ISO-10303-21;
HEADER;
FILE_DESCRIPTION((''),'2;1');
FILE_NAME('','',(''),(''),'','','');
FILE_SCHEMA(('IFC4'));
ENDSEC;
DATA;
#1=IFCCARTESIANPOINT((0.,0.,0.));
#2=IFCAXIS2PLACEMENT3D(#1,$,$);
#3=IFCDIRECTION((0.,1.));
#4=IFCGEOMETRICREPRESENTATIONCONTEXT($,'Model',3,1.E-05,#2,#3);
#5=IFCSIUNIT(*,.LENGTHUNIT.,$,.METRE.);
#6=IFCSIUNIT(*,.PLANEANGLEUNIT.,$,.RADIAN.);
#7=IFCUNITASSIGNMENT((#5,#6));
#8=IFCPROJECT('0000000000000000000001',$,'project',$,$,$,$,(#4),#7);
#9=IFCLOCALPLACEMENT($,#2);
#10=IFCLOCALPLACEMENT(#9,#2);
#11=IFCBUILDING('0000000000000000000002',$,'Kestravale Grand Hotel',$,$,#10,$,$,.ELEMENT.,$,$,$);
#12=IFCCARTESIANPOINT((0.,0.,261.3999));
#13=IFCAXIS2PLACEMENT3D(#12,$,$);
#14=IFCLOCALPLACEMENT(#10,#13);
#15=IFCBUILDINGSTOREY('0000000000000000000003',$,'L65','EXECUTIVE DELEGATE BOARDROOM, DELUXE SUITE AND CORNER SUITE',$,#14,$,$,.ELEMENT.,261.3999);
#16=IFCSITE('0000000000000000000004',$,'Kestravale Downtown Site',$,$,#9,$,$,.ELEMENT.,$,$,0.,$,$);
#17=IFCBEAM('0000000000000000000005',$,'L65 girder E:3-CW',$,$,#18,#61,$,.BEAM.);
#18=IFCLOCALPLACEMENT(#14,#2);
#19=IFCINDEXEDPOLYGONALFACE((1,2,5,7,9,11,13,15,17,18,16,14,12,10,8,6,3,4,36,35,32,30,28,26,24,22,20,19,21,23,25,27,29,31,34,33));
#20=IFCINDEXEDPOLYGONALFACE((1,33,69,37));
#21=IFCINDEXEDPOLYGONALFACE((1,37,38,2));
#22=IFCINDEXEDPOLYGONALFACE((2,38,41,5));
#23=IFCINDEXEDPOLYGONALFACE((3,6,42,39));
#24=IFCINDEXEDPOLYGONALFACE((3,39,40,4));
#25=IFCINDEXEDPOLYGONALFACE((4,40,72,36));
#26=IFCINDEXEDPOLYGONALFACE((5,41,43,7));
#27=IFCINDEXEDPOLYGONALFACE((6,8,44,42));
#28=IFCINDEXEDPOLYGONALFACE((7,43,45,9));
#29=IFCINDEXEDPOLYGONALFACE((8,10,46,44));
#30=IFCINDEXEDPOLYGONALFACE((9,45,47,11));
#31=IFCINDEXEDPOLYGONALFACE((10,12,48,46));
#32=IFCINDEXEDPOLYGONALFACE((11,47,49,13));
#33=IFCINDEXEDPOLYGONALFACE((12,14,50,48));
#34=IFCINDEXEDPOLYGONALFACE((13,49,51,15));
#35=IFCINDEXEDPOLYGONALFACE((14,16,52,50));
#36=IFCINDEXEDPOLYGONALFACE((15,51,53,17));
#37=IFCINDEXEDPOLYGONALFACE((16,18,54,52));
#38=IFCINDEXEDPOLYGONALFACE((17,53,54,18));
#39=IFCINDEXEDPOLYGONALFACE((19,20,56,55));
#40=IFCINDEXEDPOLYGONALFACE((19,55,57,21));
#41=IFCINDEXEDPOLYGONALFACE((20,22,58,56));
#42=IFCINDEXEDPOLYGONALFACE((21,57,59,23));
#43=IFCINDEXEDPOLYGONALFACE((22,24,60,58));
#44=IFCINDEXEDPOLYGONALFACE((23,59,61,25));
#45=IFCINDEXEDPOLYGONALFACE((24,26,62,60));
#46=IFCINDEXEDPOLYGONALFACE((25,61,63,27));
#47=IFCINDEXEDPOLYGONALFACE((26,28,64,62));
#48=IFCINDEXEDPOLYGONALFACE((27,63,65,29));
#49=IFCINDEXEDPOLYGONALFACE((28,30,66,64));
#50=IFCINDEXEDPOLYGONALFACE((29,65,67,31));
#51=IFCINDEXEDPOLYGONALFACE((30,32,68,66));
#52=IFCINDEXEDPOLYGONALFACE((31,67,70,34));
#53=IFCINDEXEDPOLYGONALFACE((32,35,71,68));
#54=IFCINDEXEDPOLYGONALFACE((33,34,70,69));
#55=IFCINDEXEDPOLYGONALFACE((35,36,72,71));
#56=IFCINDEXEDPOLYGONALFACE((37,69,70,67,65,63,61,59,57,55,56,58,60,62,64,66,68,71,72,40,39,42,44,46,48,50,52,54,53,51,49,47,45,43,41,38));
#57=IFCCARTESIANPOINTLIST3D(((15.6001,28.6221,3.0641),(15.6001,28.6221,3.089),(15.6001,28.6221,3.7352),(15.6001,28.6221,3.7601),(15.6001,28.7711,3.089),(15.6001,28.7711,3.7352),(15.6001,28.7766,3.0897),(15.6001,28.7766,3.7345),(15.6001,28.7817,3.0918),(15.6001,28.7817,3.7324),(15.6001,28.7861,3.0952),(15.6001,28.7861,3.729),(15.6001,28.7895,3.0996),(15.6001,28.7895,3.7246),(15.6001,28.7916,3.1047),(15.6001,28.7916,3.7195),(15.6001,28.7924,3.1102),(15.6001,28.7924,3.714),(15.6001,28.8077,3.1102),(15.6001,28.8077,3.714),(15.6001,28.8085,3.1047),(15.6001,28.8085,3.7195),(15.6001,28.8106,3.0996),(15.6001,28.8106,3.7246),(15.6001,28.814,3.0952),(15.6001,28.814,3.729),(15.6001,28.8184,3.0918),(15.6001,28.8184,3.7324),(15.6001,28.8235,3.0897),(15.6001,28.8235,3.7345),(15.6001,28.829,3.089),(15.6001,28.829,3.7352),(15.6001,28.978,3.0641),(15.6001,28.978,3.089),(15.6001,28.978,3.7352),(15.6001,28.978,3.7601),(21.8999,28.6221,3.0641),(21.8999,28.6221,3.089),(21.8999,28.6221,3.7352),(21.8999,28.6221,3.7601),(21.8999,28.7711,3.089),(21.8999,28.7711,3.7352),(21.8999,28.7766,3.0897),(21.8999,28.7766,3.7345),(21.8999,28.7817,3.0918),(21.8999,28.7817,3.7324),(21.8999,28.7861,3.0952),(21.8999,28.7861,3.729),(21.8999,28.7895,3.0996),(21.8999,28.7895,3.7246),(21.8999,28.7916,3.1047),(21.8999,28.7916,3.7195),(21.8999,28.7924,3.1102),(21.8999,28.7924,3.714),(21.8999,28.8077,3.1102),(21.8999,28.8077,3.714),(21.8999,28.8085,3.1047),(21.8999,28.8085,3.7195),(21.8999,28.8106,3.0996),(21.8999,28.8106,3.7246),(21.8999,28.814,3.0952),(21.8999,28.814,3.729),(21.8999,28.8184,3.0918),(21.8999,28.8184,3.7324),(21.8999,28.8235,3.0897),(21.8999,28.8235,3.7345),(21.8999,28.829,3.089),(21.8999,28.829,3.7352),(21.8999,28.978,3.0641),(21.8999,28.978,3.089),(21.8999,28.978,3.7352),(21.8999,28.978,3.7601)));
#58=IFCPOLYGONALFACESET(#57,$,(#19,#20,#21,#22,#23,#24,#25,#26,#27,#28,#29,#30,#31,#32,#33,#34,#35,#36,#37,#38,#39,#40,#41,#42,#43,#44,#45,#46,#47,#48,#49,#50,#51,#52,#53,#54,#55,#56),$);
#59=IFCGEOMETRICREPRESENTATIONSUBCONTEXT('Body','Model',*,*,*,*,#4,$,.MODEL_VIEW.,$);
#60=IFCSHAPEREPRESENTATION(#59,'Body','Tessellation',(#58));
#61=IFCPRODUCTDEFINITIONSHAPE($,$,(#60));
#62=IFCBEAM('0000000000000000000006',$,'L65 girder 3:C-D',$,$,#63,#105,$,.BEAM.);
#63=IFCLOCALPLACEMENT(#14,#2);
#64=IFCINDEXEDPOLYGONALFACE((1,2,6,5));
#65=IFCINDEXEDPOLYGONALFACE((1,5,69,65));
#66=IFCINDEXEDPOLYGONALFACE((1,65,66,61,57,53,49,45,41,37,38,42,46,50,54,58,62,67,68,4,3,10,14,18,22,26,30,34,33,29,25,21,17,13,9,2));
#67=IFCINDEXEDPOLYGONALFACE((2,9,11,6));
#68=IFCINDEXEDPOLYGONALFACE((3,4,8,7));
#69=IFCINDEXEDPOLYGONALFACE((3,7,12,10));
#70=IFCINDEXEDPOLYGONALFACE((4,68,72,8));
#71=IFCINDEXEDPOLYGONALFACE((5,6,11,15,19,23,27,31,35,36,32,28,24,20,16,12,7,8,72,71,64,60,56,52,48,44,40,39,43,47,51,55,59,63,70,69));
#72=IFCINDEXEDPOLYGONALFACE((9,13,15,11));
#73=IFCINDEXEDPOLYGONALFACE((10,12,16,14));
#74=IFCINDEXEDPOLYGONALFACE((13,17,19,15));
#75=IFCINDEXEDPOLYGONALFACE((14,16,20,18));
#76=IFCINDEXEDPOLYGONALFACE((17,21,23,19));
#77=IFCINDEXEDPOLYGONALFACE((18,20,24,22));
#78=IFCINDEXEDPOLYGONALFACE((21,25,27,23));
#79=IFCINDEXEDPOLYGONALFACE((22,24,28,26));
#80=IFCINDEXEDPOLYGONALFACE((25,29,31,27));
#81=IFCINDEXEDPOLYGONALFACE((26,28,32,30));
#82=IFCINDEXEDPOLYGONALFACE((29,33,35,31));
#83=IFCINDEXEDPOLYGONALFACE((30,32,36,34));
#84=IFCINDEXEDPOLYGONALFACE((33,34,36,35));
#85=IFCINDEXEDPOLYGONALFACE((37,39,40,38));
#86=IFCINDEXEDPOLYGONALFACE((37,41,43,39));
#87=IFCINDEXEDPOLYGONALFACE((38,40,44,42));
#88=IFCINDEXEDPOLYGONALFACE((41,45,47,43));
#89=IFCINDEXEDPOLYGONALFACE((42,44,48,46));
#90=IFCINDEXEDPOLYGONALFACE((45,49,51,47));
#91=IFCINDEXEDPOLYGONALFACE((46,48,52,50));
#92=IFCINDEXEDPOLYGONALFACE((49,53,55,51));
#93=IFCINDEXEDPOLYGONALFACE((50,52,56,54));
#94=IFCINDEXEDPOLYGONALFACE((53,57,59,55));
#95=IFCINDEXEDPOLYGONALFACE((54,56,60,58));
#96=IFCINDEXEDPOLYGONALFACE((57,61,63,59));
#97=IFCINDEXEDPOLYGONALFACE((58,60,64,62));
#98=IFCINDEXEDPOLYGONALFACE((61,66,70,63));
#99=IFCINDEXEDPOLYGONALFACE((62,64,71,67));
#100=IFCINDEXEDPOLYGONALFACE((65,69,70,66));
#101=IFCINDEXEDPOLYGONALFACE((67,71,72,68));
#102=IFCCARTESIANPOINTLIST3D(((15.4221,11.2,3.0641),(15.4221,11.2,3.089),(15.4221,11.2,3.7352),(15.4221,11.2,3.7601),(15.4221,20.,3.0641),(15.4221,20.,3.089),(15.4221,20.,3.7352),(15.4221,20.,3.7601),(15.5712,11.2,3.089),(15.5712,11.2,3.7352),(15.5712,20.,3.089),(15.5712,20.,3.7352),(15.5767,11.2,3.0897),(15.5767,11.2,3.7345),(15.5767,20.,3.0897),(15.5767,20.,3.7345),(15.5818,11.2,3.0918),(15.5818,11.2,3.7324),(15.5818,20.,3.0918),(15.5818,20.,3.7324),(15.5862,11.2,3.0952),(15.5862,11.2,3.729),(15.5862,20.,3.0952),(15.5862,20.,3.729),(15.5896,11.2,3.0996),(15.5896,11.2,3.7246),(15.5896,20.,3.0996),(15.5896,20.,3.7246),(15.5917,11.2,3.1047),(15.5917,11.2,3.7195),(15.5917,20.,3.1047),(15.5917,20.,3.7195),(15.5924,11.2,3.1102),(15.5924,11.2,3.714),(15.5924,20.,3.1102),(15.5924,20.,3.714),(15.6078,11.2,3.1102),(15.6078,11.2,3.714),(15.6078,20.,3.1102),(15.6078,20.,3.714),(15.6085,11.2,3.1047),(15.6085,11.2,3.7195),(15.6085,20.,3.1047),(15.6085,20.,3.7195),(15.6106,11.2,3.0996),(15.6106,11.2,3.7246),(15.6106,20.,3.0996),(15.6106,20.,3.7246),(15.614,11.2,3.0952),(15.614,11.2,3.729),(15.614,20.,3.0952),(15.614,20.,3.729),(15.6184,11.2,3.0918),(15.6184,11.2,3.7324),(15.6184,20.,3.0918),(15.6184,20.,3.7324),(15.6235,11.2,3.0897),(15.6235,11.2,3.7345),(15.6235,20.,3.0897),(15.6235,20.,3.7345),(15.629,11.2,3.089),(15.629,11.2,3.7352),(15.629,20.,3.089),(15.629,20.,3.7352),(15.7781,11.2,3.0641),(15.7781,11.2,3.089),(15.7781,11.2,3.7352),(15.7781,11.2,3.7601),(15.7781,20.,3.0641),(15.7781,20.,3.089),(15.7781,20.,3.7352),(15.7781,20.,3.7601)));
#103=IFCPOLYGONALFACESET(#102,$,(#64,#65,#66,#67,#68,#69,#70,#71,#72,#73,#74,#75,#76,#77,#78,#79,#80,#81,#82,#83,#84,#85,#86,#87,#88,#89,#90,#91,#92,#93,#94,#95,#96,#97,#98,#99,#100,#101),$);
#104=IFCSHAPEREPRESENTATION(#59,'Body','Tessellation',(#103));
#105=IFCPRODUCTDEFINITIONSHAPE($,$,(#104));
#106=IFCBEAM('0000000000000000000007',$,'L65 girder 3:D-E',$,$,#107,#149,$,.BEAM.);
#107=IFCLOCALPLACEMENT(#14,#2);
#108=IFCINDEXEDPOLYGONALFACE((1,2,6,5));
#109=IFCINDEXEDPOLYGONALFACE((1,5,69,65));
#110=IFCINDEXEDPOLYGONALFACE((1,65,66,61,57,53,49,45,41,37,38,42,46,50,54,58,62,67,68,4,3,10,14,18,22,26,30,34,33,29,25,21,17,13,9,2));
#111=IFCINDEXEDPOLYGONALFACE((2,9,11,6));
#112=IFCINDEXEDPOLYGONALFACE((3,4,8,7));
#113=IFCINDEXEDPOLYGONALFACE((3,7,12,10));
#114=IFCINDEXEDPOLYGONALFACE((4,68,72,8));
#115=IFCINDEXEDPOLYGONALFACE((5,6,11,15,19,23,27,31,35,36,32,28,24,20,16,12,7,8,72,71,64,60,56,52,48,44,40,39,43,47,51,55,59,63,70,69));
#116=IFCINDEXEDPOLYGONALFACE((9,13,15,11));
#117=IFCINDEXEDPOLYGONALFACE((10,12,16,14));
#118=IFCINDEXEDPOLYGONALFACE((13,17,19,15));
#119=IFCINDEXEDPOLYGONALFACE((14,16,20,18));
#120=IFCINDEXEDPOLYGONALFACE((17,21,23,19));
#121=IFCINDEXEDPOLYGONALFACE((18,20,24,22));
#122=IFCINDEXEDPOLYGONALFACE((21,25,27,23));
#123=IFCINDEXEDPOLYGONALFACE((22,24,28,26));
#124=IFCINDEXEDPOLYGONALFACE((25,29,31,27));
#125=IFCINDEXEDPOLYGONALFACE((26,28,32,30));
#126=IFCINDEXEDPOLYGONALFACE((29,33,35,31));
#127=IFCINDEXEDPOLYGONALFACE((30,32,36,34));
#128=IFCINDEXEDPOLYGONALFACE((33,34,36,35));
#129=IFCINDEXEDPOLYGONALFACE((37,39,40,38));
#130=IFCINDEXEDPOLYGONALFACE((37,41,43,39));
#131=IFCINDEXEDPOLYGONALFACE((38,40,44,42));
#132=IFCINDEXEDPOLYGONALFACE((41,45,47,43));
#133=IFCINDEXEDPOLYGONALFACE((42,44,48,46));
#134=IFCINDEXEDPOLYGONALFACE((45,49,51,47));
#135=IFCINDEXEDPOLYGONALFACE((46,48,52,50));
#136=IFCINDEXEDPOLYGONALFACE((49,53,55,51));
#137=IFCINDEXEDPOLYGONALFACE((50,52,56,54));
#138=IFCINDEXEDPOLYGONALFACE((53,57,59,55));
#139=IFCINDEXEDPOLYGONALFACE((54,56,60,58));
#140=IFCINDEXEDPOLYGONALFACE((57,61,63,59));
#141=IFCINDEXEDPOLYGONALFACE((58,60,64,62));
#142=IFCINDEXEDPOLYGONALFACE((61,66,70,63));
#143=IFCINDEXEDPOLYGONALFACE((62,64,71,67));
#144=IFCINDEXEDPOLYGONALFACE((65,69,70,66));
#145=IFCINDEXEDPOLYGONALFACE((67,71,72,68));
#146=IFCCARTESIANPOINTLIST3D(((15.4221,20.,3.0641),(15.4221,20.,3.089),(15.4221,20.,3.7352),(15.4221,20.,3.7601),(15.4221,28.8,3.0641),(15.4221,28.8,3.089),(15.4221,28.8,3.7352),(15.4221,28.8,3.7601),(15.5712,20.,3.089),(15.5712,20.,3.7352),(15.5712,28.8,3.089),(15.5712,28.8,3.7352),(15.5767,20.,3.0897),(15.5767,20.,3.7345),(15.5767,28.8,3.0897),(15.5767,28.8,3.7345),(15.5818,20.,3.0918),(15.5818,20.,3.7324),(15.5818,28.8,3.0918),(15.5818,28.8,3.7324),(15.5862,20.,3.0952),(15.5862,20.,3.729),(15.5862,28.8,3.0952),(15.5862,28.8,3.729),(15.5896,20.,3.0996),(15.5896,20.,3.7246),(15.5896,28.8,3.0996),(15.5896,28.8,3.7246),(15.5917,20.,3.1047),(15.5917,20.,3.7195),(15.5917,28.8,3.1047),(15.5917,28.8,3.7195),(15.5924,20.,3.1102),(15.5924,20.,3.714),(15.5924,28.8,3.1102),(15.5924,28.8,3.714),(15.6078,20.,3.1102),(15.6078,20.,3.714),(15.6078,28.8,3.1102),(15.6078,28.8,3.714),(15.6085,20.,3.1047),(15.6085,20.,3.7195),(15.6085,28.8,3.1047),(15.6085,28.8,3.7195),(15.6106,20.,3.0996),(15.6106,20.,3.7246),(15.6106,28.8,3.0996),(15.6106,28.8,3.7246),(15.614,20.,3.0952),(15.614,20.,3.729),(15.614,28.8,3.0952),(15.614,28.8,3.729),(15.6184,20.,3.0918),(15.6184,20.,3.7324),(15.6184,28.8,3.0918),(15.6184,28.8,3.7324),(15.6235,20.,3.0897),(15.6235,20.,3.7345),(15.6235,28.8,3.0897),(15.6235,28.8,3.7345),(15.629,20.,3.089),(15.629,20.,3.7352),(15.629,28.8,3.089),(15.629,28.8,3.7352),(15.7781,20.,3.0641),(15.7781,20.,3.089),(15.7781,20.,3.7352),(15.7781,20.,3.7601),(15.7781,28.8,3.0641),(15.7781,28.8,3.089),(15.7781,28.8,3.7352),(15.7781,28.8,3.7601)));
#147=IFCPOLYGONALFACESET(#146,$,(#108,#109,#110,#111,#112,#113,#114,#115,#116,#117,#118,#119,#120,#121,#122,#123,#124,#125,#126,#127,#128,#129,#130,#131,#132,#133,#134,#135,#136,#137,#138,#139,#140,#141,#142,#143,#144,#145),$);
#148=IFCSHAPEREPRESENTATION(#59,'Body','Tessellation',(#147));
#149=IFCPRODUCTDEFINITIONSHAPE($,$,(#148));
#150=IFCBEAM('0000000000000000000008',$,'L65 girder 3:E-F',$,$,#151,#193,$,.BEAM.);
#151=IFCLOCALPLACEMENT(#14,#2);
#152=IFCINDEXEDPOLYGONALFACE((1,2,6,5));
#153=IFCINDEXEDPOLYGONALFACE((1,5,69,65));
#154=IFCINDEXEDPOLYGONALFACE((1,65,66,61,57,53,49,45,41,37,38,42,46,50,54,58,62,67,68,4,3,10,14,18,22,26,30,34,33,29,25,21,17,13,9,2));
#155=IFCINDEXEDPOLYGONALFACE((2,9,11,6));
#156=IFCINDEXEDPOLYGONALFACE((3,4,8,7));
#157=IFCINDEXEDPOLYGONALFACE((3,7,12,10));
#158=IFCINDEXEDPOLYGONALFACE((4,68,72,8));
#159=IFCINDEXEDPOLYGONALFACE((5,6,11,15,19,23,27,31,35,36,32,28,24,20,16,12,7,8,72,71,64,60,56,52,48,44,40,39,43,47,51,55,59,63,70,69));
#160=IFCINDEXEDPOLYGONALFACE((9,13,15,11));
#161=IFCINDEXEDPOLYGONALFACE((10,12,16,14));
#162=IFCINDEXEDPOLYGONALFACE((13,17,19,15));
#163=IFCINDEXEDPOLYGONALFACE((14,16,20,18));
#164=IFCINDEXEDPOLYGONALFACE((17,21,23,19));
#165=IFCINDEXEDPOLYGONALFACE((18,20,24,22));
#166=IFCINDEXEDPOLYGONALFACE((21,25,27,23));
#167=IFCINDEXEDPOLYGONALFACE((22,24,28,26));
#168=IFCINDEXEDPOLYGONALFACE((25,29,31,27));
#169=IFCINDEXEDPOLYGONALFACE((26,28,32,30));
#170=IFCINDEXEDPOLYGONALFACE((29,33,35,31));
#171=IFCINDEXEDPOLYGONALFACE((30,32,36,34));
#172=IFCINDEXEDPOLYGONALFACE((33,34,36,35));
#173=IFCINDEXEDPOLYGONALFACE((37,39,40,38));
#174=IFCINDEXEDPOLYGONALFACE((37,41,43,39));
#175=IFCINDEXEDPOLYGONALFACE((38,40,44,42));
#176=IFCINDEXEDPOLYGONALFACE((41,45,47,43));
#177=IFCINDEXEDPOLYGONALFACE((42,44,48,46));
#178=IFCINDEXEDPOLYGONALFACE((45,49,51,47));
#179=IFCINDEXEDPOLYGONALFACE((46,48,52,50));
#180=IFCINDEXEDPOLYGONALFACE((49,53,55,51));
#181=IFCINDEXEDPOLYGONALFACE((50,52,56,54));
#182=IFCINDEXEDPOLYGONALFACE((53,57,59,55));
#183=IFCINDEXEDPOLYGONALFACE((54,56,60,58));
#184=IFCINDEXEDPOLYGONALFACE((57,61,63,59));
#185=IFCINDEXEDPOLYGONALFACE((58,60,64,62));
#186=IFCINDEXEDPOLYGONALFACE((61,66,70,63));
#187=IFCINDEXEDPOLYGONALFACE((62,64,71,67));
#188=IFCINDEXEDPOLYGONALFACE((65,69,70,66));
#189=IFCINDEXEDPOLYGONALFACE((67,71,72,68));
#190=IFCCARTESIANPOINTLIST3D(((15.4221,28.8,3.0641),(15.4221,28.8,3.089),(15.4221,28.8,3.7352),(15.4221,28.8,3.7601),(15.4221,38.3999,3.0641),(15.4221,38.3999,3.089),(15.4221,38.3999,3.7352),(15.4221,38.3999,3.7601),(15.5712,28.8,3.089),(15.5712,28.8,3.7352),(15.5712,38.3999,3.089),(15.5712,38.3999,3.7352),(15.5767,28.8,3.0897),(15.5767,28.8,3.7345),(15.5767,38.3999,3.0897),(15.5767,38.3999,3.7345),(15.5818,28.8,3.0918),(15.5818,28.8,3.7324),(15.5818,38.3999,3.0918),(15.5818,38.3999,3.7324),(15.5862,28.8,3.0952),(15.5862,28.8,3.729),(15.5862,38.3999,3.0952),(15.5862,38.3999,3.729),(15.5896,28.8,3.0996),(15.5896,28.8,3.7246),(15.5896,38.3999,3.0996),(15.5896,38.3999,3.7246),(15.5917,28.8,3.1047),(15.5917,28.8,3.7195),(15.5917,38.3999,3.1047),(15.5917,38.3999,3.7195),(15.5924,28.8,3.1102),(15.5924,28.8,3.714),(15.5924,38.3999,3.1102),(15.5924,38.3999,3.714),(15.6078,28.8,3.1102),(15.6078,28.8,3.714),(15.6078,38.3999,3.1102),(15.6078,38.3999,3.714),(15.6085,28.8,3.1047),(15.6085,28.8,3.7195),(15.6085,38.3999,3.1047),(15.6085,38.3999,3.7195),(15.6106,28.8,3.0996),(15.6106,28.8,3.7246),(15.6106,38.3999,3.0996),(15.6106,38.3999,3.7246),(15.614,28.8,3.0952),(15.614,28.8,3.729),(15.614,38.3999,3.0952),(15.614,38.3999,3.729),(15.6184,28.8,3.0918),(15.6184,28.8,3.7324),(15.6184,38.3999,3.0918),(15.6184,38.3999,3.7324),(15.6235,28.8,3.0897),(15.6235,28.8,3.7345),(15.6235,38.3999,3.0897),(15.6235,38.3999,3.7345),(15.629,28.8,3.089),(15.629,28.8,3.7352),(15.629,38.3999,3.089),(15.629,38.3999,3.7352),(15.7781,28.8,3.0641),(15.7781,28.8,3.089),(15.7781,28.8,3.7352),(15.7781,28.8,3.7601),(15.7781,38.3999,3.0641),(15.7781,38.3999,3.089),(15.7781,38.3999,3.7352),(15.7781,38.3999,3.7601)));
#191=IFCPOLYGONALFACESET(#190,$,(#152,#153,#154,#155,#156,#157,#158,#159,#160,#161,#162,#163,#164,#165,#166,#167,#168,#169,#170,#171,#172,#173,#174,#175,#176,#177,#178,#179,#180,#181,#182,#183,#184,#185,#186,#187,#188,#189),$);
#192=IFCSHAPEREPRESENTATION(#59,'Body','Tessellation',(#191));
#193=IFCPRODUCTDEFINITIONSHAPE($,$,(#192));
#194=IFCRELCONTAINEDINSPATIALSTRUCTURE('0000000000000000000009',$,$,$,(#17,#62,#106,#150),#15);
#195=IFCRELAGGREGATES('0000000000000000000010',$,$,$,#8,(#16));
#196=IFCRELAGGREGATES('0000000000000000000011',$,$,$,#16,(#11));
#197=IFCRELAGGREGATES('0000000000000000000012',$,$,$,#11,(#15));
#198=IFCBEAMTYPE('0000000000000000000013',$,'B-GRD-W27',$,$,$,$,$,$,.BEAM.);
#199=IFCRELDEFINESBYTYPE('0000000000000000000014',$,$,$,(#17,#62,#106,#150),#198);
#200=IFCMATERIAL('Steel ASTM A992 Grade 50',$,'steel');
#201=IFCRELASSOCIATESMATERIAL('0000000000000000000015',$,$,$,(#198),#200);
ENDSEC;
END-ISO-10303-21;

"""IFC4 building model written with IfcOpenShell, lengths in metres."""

from ifc_helpers import new_model, si_unit, direction, frame, origin, origin_2d, place, context, subcontext, project, spatial, i_section, extrude, material, material_profile, profile_set, type_object, element, save


model = new_model("IFC4")

# Units and contexts
model_context = context("Model", 3, precision=1e-05, world=origin(), true_north=direction((0.0, 1.0)))
body_context = subcontext(model_context, "Body", "Model", "MODEL_VIEW")
ifc_project = project(units=[si_unit("LENGTHUNIT", "METRE"), si_unit("PLANEANGLEUNIT", "RADIAN")], contexts=[model_context])

# Site, building, storey
site_placement = place(None, origin())
site = spatial("IfcSite", under=ifc_project, at=site_placement, Name="Kestravale Downtown Site", CompositionType="ELEMENT", RefElevation=0.0)
building_placement = place(site_placement, origin())
building = spatial("IfcBuilding", under=site, at=building_placement, Name="Kestravale Grand Hotel", CompositionType="ELEMENT")
storey_placement = place(building_placement, frame((0.0, 0.0, 261.3999)))
storey = spatial("IfcBuildingStorey", under=building, at=storey_placement, Name="L65", Description="EXECUTIVE DELEGATE BOARDROOM, DELUXE SUITE AND CORNER SUITE", CompositionType="ELEMENT", Elevation=261.3999)

# Beams
ifc_material_1 = material(Name="Steel ASTM A992 Grade 50", Category="steel")
ifc_material_profile_1 = material_profile(ifc_material_1, i_section(OverallWidth=0.356, OverallDepth=0.696, WebThickness=0.0154, FlangeThickness=0.0249, FilletRadius=0.0212, at=origin_2d()))
ifc_profile_set_1 = profile_set([ifc_material_profile_1], Name="Steel ASTM A992 Grade 50")
beam_type = type_object("IfcBeamType", Name="B-GRD-W27", PredefinedType="BEAM", material=ifc_profile_set_1)
beam_1_placement = place(storey_placement, frame((15.6001, 28.8, 3.4121), z_axis=(1.0, 0.0, 0.0), x_axis=(0.0, 1.0, 0.0)))
element("IfcBeam", 1, at=beam_1_placement, inside=storey, type_object=beam_type, Name="L65 girder E:3-CW", PredefinedType="BEAM", context=body_context, shape_type="SweptSolid", body=[
    extrude(i_section(OverallWidth=0.356, OverallDepth=0.696, WebThickness=0.0154, FlangeThickness=0.0249, FilletRadius=0.0212, at=origin_2d()), origin(), (0.0, 0.0, 1.0), 6.2998),
])
for number, where, z_axis, x_axis, name in (
    (2, (15.6001, 11.2, 3.4121), (0.0, 1.0, 0.0), (-1.0, 0.0, 0.0), "L65 girder 3:C-D"),
    (3, (15.6001, 20.0, 3.4121), (0.0, 1.0, 0.0), (-1.0, 0.0, 0.0), "L65 girder 3:D-E"),
):
    element("IfcBeam", number, at=place(storey_placement, frame(where, z_axis=z_axis, x_axis=x_axis)), inside=storey, type_object=beam_type, Name=name, PredefinedType="BEAM", context=body_context, shape_type="SweptSolid", body=[
        extrude(i_section(OverallWidth=0.356, OverallDepth=0.696, WebThickness=0.0154, FlangeThickness=0.0249, FilletRadius=0.0212, at=origin_2d()), origin(), (0.0, 0.0, 1.0), 8.8),
    ])
beam_2_placement = place(storey_placement, frame((15.6001, 28.8, 3.4121), z_axis=(0.0, 1.0, 0.0), x_axis=(-1.0, 0.0, 0.0)))
element("IfcBeam", 4, at=beam_2_placement, inside=storey, type_object=beam_type, Name="L65 girder 3:E-F", PredefinedType="BEAM", context=body_context, shape_type="SweptSolid", body=[
    extrude(i_section(OverallWidth=0.356, OverallDepth=0.696, WebThickness=0.0154, FlangeThickness=0.0249, FilletRadius=0.0212, at=origin_2d()), origin(), (0.0, 0.0, 1.0), 9.5999),
])

save(model, "model.ifc")
